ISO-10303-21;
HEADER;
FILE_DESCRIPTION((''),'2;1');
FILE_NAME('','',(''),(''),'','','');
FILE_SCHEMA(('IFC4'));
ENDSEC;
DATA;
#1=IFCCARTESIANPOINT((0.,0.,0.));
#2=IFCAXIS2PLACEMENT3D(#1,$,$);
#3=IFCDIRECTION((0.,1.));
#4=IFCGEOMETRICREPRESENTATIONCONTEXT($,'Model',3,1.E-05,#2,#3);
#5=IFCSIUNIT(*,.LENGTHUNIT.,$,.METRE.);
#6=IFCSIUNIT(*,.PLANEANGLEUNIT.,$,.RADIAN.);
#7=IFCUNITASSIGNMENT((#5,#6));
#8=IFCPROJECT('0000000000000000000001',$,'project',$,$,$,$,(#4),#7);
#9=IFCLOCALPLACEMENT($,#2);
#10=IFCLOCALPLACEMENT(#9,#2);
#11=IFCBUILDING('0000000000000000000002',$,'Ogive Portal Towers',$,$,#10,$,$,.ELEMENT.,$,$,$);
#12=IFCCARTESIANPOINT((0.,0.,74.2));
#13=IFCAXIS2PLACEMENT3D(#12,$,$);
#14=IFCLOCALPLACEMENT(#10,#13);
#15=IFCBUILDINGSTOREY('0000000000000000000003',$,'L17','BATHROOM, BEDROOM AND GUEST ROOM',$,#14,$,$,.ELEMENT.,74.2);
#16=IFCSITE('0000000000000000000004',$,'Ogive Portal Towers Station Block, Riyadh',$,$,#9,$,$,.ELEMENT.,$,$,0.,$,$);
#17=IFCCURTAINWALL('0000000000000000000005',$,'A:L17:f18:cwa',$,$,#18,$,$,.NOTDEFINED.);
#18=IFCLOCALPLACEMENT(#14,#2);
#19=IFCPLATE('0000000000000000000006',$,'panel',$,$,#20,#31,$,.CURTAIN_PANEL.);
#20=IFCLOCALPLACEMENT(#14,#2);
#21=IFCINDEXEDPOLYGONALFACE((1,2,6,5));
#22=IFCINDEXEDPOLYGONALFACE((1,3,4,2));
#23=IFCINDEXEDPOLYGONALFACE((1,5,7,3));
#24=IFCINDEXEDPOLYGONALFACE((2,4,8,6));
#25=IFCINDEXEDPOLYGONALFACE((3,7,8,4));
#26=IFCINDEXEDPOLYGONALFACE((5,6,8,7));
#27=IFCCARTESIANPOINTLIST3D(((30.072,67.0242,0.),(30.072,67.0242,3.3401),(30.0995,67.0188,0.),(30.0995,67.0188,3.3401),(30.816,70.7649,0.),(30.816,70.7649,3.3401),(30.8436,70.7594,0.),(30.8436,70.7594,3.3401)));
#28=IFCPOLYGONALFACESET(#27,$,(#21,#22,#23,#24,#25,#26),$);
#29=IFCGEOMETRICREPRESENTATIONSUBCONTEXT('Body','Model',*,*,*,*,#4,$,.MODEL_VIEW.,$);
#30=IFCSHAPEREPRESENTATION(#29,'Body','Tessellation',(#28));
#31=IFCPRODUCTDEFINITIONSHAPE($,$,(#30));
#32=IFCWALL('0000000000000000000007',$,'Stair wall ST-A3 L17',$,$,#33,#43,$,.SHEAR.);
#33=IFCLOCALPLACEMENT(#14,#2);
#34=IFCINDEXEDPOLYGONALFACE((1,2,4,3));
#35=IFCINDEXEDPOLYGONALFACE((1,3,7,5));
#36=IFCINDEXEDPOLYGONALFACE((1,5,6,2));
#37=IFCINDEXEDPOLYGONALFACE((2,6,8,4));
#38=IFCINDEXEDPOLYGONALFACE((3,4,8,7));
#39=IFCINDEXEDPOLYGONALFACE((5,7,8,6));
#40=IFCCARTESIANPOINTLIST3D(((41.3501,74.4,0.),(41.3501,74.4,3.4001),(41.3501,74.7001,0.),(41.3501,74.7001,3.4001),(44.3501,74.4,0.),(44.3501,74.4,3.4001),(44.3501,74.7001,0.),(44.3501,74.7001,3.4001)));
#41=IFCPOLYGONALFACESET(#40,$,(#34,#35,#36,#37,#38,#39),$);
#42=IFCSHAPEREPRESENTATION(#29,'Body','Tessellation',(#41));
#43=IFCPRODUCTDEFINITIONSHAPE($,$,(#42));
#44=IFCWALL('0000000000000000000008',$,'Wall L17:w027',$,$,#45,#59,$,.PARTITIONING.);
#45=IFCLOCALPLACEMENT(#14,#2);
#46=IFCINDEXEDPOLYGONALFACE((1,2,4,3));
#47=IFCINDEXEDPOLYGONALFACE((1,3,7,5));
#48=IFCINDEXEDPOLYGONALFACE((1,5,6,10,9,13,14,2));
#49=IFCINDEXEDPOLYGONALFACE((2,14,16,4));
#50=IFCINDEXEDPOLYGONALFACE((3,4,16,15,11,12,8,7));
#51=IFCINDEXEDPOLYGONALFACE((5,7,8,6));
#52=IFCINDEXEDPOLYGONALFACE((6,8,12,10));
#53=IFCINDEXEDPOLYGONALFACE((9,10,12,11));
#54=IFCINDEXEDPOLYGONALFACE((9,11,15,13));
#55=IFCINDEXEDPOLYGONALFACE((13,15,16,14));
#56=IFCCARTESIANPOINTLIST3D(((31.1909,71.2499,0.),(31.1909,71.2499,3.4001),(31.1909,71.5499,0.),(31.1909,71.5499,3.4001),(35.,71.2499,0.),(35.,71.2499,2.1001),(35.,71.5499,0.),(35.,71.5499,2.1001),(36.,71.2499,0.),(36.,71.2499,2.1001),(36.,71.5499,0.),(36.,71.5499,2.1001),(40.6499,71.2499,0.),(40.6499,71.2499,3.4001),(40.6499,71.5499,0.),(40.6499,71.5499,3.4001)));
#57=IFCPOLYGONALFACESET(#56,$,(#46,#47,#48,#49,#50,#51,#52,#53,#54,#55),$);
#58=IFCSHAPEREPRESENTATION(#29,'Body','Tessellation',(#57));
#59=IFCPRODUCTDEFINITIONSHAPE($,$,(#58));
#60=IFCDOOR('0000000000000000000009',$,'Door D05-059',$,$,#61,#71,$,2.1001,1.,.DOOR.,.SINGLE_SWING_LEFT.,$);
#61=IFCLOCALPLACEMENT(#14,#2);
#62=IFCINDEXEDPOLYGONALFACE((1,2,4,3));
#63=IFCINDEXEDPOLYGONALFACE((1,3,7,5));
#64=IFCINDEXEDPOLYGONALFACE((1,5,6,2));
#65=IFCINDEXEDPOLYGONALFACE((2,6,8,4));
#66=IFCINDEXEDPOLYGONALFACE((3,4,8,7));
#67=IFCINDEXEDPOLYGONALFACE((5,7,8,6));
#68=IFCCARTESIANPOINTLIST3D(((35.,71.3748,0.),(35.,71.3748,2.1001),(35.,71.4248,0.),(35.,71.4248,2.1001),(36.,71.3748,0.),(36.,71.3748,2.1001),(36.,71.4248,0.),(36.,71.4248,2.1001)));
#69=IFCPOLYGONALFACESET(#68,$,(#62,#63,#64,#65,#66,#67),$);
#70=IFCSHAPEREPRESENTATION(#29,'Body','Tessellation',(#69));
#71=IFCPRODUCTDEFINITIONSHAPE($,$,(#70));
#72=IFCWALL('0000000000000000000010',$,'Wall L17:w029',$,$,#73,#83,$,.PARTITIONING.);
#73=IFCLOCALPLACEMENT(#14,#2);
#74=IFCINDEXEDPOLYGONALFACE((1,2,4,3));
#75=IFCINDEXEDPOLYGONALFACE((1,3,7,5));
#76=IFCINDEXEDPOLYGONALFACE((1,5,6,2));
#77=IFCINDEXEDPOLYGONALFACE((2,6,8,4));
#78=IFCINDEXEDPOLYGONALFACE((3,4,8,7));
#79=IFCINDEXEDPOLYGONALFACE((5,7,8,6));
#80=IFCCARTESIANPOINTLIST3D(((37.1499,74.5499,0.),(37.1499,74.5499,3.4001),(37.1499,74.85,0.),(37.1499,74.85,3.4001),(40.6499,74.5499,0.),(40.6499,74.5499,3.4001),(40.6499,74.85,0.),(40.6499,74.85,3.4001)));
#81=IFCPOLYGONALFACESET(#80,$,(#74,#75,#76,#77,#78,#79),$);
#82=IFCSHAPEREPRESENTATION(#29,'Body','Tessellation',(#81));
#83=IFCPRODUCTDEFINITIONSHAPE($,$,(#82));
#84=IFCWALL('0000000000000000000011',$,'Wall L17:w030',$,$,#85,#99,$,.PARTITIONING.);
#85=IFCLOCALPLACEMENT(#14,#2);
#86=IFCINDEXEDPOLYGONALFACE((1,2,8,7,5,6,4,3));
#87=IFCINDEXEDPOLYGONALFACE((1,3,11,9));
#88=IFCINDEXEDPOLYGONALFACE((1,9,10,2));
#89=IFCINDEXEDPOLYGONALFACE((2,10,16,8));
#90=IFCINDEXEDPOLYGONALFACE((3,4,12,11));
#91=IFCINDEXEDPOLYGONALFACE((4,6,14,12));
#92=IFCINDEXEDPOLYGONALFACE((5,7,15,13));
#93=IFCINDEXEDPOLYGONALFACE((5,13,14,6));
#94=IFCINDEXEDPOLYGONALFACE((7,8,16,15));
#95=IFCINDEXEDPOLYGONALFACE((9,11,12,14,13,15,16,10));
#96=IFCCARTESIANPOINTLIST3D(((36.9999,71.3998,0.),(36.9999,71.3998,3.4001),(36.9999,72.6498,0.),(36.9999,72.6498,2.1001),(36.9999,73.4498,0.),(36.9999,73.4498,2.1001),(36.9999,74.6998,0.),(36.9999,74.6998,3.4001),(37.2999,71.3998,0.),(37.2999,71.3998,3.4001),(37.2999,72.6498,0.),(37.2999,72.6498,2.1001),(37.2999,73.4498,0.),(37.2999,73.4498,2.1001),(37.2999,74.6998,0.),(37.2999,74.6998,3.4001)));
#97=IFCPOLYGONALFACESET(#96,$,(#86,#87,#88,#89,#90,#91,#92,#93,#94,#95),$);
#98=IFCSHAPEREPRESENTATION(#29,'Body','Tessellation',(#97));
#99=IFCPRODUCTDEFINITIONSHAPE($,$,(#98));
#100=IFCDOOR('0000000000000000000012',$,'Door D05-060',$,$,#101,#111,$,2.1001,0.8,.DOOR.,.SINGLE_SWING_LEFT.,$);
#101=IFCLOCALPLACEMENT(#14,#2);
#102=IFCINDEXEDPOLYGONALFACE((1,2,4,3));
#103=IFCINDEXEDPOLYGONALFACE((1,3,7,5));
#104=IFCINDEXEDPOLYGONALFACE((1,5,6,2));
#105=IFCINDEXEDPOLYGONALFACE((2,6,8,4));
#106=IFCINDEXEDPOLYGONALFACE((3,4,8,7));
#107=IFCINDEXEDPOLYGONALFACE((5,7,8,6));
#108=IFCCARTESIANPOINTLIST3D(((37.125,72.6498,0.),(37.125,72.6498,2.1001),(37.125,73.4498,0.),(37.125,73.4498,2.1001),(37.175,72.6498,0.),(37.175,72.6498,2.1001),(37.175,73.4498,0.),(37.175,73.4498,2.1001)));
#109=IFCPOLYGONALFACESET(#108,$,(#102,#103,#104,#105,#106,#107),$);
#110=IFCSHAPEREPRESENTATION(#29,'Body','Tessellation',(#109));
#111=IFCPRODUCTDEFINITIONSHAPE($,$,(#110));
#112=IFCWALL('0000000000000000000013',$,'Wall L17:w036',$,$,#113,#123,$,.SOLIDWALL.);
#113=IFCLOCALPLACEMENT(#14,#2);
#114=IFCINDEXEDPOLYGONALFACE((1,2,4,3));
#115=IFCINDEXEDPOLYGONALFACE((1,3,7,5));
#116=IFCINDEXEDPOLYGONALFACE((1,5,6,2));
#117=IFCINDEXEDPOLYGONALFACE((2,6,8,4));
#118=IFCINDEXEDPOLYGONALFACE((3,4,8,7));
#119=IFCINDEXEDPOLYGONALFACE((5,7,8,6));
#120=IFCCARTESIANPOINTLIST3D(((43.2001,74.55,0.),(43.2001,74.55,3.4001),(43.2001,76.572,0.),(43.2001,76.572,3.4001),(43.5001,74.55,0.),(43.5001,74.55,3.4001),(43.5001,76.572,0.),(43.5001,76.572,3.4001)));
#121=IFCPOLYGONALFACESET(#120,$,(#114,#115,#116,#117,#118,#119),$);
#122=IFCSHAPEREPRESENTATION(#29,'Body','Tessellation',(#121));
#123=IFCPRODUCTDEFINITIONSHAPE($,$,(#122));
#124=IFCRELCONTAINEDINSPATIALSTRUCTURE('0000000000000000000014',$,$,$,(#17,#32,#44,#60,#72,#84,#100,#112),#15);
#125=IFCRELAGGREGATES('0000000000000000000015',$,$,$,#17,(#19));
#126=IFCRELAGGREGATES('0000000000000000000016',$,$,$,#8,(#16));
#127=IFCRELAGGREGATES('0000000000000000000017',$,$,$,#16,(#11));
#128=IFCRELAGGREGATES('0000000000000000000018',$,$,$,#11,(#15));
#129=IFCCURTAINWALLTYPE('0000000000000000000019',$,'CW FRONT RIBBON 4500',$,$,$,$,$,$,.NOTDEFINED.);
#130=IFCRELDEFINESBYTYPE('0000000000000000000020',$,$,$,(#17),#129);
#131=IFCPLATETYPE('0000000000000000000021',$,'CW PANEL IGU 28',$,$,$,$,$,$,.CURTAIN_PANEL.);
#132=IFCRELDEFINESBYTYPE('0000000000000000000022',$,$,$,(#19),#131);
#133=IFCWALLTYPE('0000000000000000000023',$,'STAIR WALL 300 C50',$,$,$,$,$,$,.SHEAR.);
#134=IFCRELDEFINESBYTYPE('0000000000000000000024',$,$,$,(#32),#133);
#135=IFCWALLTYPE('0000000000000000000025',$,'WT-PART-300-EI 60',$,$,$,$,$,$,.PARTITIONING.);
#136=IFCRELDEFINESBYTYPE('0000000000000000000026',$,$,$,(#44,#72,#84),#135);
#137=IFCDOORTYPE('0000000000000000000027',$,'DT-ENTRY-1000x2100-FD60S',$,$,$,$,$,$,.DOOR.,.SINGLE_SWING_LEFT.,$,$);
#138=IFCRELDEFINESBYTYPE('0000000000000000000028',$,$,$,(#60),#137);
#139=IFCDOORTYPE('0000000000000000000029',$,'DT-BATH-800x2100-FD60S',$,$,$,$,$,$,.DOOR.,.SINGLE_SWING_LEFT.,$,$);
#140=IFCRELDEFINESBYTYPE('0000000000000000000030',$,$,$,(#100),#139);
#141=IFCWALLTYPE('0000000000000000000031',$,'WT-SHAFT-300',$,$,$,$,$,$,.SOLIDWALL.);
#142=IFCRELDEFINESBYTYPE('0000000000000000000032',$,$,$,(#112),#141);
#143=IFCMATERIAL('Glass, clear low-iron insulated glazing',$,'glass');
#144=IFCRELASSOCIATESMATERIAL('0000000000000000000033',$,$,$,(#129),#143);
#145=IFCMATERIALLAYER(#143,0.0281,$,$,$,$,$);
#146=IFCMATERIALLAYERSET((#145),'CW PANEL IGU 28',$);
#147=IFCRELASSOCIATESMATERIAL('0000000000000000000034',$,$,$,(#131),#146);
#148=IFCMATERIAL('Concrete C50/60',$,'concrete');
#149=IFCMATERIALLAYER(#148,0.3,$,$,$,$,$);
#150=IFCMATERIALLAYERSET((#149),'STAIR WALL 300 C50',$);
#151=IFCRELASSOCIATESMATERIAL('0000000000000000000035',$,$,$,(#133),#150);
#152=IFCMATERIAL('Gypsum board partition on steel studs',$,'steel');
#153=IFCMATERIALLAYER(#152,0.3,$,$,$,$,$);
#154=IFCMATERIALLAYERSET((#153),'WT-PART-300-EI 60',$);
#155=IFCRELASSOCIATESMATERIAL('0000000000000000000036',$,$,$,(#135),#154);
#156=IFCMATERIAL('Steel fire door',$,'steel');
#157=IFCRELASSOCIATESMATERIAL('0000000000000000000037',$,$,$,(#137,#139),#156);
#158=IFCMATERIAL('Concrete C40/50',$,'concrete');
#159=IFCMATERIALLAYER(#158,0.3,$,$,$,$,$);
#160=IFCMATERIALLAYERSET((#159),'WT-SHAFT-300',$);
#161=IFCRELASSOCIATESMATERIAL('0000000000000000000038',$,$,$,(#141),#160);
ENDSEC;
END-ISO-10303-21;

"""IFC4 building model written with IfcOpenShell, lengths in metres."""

from ifc_helpers import new_model, si_unit, direction, frame, frame_2d, origin, origin_2d, place, context, subcontext, project, spatial, rectangle, extrude, material, layer, layer_set, type_object, element, fill, aggregate, save


model = new_model("IFC4")

# Units and contexts
model_context = context("Model", 3, precision=1e-05, world=origin(), true_north=direction((0.0, 1.0)))
body_context = subcontext(model_context, "Body", "Model", "MODEL_VIEW")
ifc_project = project(units=[si_unit("LENGTHUNIT", "METRE"), si_unit("PLANEANGLEUNIT", "RADIAN")], contexts=[model_context])

# Site, building, storey
site_placement = place(None, origin())
site = spatial("IfcSite", under=ifc_project, at=site_placement, Name="Ogive Portal Towers Station Block, Riyadh", CompositionType="ELEMENT", RefElevation=0.0)
building_placement = place(site_placement, origin())
building = spatial("IfcBuilding", under=site, at=building_placement, Name="Ogive Portal Towers", CompositionType="ELEMENT")
storey_placement = place(building_placement, frame((0.0, 0.0, 74.2)))
storey = spatial("IfcBuildingStorey", under=building, at=storey_placement, Name="L17", Description="BATHROOM, BEDROOM AND GUEST ROOM", CompositionType="ELEMENT", Elevation=74.2)

# Shared definitions
ifc_material_1 = material(Name="Concrete C40/50", Category="concrete")

# Curtain wall, plate
ifc_material_2 = material(Name="Glass, clear low-iron insulated glazing", Category="glass")
curtain_wall_type = type_object("IfcCurtainWallType", Name="CW FRONT RIBBON 4500", PredefinedType="NOTDEFINED", material=ifc_material_2)
curtain_wall_placement = place(storey_placement, origin())
curtain_wall = element("IfcCurtainWall", 1, at=curtain_wall_placement, inside=storey, type_object=curtain_wall_type, Name="A:L17:f18:cwa", PredefinedType="NOTDEFINED")
ifc_layer_1 = layer(ifc_material_2, 0.0281)
ifc_layer_set_1 = layer_set([ifc_layer_1], Name="CW PANEL IGU 28")
plate_type = type_object("IfcPlateType", Name="CW PANEL IGU 28", PredefinedType="CURTAIN_PANEL", material=ifc_layer_set_1)
plate_1_placement = place(storey_placement, frame((30.4578, 68.8918, 0.0), z_axis=(0.0, 0.0, 1.0), x_axis=(-0.19509, -0.980785, 0.0)))
plate_1 = element("IfcPlate", 2, at=plate_1_placement, type_object=plate_type, Name="panel", PredefinedType="CURTAIN_PANEL", context=body_context, shape_type="SweptSolid", body=[
    extrude(rectangle(XDim=3.814, YDim=0.0281, at=origin_2d()), origin(), (0.0, 0.0, 1.0), 3.3401),
])
aggregate(curtain_wall, [plate_1])

# Wall
ifc_material_3 = material(Name="Concrete C50/60", Category="concrete")
ifc_layer_2 = layer(ifc_material_3, 0.3)
ifc_layer_set_2 = layer_set([ifc_layer_2], Name="STAIR WALL 300 C50")
wall_type_1 = type_object("IfcWallType", Name="STAIR WALL 300 C50", PredefinedType="SHEAR", material=ifc_layer_set_2)
wall_1_placement = place(storey_placement, frame((41.3501, 74.55, 0.0), z_axis=(0.0, 0.0, 1.0), x_axis=(1.0, 0.0, 0.0)))
element("IfcWall", 3, at=wall_1_placement, inside=storey, type_object=wall_type_1, Name="Stair wall ST-A3 L17", PredefinedType="SHEAR", context=body_context, shape_type="SweptSolid", body=[
    extrude(rectangle(XDim=3.0, YDim=0.3, at=frame_2d((1.5, 0.0))), origin(), (0.0, 0.0, 1.0), 3.4001),
])

# Wall, opening, door
ifc_material_4 = material(Name="Gypsum board partition on steel studs", Category="steel")
ifc_layer_3 = layer(ifc_material_4, 0.3)
ifc_layer_set_3 = layer_set([ifc_layer_3], Name="WT-PART-300-EI 60")
wall_type_2 = type_object("IfcWallType", Name="WT-PART-300-EI 60", PredefinedType="PARTITIONING", material=ifc_layer_set_3)
wall_2_placement = place(storey_placement, frame((31.1909, 71.3999, 0.0), z_axis=(0.0, 0.0, 1.0), x_axis=(1.0, 0.0, 0.0)))
wall_2 = element("IfcWall", 4, at=wall_2_placement, inside=storey, type_object=wall_type_2, Name="Wall L17:w027", PredefinedType="PARTITIONING", context=body_context, shape_type="SweptSolid", body=[
    extrude(rectangle(XDim=9.459, YDim=0.3, at=frame_2d((4.7295, 0.0))), origin(), (0.0, 0.0, 1.0), 3.4001),
])
opening_1_placement = place(wall_2_placement, frame((3.8091, 0.0, 0.0)))
opening_1 = element("IfcOpeningElement", 5, at=opening_1_placement, cuts=wall_2, PredefinedType="OPENING", context=body_context, shape_type="SweptSolid", body=[
    extrude(rectangle(XDim=1.0, YDim=2.1001, at=frame_2d((0.5, 1.05))), frame((0.0, 0.1602, 0.0), z_axis=(0.0, -1.0, 0.0), x_axis=(1.0, 0.0, 0.0)), (0.0, 0.0, 1.0), 0.3201),
])
ifc_material_5 = material(Name="Steel fire door", Category="steel")
door_type_1 = type_object("IfcDoorType", Name="DT-ENTRY-1000x2100-FD60S", OperationType="SINGLE_SWING_LEFT", PredefinedType="DOOR", material=ifc_material_5)
door_1_placement = place(opening_1_placement, origin())
door_1 = element("IfcDoor", 6, at=door_1_placement, inside=storey, type_object=door_type_1, Name="Door D05-059", OperationType="SINGLE_SWING_LEFT", OverallHeight=2.1001, OverallWidth=1.0, PredefinedType="DOOR", context=body_context, shape_type="SweptSolid", body=[
    extrude(rectangle(XDim=1.0, YDim=2.1001, at=frame_2d((0.5, 1.05))), frame((0.0, 0.0249, 0.0), z_axis=(0.0, -1.0, 0.0), x_axis=(1.0, 0.0, 0.0)), (0.0, 0.0, 1.0), 0.05),
])
fill(opening_1, door_1)

# Wall
wall_3_placement = place(storey_placement, frame((37.1499, 74.7, 0.0), z_axis=(0.0, 0.0, 1.0), x_axis=(1.0, 0.0, 0.0)))
element("IfcWall", 7, at=wall_3_placement, inside=storey, type_object=wall_type_2, Name="Wall L17:w029", PredefinedType="PARTITIONING", context=body_context, shape_type="SweptSolid", body=[
    extrude(rectangle(XDim=3.5, YDim=0.3, at=frame_2d((1.75, 0.0))), origin(), (0.0, 0.0, 1.0), 3.4001),
])

# Wall, opening, door
wall_4_placement = place(storey_placement, frame((37.1499, 71.3999, 0.0), z_axis=(0.0, 0.0, 1.0), x_axis=(0.0, 1.0, 0.0)))
wall_4 = element("IfcWall", 8, at=wall_4_placement, inside=storey, type_object=wall_type_2, Name="Wall L17:w030", PredefinedType="PARTITIONING", context=body_context, shape_type="SweptSolid", body=[
    extrude(rectangle(XDim=3.3, YDim=0.3, at=frame_2d((1.6499, 0.0))), origin(), (0.0, 0.0, 1.0), 3.4001),
])
opening_2_placement = place(wall_4_placement, frame((1.25, 0.0, 0.0)))
opening_2 = element("IfcOpeningElement", 9, at=opening_2_placement, cuts=wall_4, PredefinedType="OPENING", context=body_context, shape_type="SweptSolid", body=[
    extrude(rectangle(XDim=0.8, YDim=2.1001, at=frame_2d((0.3999, 1.05))), frame((0.0, 0.1602, 0.0), z_axis=(0.0, -1.0, 0.0), x_axis=(1.0, 0.0, 0.0)), (0.0, 0.0, 1.0), 0.3201),
])
door_type_2 = type_object("IfcDoorType", Name="DT-BATH-800x2100-FD60S", OperationType="SINGLE_SWING_LEFT", PredefinedType="DOOR", material=ifc_material_5)
door_2_placement = place(opening_2_placement, origin())
door_2 = element("IfcDoor", 10, at=door_2_placement, inside=storey, type_object=door_type_2, Name="Door D05-060", OperationType="SINGLE_SWING_LEFT", OverallHeight=2.1001, OverallWidth=0.8, PredefinedType="DOOR", context=body_context, shape_type="SweptSolid", body=[
    extrude(rectangle(XDim=0.8, YDim=2.1001, at=frame_2d((0.3999, 1.05))), frame((0.0, 0.0249, 0.0), z_axis=(0.0, -1.0, 0.0), x_axis=(1.0, 0.0, 0.0)), (0.0, 0.0, 1.0), 0.05),
])
fill(opening_2, door_2)

# Wall
ifc_layer_4 = layer(ifc_material_1, 0.3)
ifc_layer_set_4 = layer_set([ifc_layer_4], Name="WT-SHAFT-300")
wall_type_3 = type_object("IfcWallType", Name="WT-SHAFT-300", PredefinedType="SOLIDWALL", material=ifc_layer_set_4)
wall_5_placement = place(storey_placement, frame((43.3501, 74.55, 0.0), z_axis=(0.0, 0.0, 1.0), x_axis=(0.0, 1.0, 0.0)))
element("IfcWall", 11, at=wall_5_placement, inside=storey, type_object=wall_type_3, Name="Wall L17:w036", PredefinedType="SOLIDWALL", context=body_context, shape_type="SweptSolid", body=[
    extrude(rectangle(XDim=2.022, YDim=0.3, at=frame_2d((1.011, 0.0))), origin(), (0.0, 0.0, 1.0), 3.4001),
])

save(model, "model.ifc")
